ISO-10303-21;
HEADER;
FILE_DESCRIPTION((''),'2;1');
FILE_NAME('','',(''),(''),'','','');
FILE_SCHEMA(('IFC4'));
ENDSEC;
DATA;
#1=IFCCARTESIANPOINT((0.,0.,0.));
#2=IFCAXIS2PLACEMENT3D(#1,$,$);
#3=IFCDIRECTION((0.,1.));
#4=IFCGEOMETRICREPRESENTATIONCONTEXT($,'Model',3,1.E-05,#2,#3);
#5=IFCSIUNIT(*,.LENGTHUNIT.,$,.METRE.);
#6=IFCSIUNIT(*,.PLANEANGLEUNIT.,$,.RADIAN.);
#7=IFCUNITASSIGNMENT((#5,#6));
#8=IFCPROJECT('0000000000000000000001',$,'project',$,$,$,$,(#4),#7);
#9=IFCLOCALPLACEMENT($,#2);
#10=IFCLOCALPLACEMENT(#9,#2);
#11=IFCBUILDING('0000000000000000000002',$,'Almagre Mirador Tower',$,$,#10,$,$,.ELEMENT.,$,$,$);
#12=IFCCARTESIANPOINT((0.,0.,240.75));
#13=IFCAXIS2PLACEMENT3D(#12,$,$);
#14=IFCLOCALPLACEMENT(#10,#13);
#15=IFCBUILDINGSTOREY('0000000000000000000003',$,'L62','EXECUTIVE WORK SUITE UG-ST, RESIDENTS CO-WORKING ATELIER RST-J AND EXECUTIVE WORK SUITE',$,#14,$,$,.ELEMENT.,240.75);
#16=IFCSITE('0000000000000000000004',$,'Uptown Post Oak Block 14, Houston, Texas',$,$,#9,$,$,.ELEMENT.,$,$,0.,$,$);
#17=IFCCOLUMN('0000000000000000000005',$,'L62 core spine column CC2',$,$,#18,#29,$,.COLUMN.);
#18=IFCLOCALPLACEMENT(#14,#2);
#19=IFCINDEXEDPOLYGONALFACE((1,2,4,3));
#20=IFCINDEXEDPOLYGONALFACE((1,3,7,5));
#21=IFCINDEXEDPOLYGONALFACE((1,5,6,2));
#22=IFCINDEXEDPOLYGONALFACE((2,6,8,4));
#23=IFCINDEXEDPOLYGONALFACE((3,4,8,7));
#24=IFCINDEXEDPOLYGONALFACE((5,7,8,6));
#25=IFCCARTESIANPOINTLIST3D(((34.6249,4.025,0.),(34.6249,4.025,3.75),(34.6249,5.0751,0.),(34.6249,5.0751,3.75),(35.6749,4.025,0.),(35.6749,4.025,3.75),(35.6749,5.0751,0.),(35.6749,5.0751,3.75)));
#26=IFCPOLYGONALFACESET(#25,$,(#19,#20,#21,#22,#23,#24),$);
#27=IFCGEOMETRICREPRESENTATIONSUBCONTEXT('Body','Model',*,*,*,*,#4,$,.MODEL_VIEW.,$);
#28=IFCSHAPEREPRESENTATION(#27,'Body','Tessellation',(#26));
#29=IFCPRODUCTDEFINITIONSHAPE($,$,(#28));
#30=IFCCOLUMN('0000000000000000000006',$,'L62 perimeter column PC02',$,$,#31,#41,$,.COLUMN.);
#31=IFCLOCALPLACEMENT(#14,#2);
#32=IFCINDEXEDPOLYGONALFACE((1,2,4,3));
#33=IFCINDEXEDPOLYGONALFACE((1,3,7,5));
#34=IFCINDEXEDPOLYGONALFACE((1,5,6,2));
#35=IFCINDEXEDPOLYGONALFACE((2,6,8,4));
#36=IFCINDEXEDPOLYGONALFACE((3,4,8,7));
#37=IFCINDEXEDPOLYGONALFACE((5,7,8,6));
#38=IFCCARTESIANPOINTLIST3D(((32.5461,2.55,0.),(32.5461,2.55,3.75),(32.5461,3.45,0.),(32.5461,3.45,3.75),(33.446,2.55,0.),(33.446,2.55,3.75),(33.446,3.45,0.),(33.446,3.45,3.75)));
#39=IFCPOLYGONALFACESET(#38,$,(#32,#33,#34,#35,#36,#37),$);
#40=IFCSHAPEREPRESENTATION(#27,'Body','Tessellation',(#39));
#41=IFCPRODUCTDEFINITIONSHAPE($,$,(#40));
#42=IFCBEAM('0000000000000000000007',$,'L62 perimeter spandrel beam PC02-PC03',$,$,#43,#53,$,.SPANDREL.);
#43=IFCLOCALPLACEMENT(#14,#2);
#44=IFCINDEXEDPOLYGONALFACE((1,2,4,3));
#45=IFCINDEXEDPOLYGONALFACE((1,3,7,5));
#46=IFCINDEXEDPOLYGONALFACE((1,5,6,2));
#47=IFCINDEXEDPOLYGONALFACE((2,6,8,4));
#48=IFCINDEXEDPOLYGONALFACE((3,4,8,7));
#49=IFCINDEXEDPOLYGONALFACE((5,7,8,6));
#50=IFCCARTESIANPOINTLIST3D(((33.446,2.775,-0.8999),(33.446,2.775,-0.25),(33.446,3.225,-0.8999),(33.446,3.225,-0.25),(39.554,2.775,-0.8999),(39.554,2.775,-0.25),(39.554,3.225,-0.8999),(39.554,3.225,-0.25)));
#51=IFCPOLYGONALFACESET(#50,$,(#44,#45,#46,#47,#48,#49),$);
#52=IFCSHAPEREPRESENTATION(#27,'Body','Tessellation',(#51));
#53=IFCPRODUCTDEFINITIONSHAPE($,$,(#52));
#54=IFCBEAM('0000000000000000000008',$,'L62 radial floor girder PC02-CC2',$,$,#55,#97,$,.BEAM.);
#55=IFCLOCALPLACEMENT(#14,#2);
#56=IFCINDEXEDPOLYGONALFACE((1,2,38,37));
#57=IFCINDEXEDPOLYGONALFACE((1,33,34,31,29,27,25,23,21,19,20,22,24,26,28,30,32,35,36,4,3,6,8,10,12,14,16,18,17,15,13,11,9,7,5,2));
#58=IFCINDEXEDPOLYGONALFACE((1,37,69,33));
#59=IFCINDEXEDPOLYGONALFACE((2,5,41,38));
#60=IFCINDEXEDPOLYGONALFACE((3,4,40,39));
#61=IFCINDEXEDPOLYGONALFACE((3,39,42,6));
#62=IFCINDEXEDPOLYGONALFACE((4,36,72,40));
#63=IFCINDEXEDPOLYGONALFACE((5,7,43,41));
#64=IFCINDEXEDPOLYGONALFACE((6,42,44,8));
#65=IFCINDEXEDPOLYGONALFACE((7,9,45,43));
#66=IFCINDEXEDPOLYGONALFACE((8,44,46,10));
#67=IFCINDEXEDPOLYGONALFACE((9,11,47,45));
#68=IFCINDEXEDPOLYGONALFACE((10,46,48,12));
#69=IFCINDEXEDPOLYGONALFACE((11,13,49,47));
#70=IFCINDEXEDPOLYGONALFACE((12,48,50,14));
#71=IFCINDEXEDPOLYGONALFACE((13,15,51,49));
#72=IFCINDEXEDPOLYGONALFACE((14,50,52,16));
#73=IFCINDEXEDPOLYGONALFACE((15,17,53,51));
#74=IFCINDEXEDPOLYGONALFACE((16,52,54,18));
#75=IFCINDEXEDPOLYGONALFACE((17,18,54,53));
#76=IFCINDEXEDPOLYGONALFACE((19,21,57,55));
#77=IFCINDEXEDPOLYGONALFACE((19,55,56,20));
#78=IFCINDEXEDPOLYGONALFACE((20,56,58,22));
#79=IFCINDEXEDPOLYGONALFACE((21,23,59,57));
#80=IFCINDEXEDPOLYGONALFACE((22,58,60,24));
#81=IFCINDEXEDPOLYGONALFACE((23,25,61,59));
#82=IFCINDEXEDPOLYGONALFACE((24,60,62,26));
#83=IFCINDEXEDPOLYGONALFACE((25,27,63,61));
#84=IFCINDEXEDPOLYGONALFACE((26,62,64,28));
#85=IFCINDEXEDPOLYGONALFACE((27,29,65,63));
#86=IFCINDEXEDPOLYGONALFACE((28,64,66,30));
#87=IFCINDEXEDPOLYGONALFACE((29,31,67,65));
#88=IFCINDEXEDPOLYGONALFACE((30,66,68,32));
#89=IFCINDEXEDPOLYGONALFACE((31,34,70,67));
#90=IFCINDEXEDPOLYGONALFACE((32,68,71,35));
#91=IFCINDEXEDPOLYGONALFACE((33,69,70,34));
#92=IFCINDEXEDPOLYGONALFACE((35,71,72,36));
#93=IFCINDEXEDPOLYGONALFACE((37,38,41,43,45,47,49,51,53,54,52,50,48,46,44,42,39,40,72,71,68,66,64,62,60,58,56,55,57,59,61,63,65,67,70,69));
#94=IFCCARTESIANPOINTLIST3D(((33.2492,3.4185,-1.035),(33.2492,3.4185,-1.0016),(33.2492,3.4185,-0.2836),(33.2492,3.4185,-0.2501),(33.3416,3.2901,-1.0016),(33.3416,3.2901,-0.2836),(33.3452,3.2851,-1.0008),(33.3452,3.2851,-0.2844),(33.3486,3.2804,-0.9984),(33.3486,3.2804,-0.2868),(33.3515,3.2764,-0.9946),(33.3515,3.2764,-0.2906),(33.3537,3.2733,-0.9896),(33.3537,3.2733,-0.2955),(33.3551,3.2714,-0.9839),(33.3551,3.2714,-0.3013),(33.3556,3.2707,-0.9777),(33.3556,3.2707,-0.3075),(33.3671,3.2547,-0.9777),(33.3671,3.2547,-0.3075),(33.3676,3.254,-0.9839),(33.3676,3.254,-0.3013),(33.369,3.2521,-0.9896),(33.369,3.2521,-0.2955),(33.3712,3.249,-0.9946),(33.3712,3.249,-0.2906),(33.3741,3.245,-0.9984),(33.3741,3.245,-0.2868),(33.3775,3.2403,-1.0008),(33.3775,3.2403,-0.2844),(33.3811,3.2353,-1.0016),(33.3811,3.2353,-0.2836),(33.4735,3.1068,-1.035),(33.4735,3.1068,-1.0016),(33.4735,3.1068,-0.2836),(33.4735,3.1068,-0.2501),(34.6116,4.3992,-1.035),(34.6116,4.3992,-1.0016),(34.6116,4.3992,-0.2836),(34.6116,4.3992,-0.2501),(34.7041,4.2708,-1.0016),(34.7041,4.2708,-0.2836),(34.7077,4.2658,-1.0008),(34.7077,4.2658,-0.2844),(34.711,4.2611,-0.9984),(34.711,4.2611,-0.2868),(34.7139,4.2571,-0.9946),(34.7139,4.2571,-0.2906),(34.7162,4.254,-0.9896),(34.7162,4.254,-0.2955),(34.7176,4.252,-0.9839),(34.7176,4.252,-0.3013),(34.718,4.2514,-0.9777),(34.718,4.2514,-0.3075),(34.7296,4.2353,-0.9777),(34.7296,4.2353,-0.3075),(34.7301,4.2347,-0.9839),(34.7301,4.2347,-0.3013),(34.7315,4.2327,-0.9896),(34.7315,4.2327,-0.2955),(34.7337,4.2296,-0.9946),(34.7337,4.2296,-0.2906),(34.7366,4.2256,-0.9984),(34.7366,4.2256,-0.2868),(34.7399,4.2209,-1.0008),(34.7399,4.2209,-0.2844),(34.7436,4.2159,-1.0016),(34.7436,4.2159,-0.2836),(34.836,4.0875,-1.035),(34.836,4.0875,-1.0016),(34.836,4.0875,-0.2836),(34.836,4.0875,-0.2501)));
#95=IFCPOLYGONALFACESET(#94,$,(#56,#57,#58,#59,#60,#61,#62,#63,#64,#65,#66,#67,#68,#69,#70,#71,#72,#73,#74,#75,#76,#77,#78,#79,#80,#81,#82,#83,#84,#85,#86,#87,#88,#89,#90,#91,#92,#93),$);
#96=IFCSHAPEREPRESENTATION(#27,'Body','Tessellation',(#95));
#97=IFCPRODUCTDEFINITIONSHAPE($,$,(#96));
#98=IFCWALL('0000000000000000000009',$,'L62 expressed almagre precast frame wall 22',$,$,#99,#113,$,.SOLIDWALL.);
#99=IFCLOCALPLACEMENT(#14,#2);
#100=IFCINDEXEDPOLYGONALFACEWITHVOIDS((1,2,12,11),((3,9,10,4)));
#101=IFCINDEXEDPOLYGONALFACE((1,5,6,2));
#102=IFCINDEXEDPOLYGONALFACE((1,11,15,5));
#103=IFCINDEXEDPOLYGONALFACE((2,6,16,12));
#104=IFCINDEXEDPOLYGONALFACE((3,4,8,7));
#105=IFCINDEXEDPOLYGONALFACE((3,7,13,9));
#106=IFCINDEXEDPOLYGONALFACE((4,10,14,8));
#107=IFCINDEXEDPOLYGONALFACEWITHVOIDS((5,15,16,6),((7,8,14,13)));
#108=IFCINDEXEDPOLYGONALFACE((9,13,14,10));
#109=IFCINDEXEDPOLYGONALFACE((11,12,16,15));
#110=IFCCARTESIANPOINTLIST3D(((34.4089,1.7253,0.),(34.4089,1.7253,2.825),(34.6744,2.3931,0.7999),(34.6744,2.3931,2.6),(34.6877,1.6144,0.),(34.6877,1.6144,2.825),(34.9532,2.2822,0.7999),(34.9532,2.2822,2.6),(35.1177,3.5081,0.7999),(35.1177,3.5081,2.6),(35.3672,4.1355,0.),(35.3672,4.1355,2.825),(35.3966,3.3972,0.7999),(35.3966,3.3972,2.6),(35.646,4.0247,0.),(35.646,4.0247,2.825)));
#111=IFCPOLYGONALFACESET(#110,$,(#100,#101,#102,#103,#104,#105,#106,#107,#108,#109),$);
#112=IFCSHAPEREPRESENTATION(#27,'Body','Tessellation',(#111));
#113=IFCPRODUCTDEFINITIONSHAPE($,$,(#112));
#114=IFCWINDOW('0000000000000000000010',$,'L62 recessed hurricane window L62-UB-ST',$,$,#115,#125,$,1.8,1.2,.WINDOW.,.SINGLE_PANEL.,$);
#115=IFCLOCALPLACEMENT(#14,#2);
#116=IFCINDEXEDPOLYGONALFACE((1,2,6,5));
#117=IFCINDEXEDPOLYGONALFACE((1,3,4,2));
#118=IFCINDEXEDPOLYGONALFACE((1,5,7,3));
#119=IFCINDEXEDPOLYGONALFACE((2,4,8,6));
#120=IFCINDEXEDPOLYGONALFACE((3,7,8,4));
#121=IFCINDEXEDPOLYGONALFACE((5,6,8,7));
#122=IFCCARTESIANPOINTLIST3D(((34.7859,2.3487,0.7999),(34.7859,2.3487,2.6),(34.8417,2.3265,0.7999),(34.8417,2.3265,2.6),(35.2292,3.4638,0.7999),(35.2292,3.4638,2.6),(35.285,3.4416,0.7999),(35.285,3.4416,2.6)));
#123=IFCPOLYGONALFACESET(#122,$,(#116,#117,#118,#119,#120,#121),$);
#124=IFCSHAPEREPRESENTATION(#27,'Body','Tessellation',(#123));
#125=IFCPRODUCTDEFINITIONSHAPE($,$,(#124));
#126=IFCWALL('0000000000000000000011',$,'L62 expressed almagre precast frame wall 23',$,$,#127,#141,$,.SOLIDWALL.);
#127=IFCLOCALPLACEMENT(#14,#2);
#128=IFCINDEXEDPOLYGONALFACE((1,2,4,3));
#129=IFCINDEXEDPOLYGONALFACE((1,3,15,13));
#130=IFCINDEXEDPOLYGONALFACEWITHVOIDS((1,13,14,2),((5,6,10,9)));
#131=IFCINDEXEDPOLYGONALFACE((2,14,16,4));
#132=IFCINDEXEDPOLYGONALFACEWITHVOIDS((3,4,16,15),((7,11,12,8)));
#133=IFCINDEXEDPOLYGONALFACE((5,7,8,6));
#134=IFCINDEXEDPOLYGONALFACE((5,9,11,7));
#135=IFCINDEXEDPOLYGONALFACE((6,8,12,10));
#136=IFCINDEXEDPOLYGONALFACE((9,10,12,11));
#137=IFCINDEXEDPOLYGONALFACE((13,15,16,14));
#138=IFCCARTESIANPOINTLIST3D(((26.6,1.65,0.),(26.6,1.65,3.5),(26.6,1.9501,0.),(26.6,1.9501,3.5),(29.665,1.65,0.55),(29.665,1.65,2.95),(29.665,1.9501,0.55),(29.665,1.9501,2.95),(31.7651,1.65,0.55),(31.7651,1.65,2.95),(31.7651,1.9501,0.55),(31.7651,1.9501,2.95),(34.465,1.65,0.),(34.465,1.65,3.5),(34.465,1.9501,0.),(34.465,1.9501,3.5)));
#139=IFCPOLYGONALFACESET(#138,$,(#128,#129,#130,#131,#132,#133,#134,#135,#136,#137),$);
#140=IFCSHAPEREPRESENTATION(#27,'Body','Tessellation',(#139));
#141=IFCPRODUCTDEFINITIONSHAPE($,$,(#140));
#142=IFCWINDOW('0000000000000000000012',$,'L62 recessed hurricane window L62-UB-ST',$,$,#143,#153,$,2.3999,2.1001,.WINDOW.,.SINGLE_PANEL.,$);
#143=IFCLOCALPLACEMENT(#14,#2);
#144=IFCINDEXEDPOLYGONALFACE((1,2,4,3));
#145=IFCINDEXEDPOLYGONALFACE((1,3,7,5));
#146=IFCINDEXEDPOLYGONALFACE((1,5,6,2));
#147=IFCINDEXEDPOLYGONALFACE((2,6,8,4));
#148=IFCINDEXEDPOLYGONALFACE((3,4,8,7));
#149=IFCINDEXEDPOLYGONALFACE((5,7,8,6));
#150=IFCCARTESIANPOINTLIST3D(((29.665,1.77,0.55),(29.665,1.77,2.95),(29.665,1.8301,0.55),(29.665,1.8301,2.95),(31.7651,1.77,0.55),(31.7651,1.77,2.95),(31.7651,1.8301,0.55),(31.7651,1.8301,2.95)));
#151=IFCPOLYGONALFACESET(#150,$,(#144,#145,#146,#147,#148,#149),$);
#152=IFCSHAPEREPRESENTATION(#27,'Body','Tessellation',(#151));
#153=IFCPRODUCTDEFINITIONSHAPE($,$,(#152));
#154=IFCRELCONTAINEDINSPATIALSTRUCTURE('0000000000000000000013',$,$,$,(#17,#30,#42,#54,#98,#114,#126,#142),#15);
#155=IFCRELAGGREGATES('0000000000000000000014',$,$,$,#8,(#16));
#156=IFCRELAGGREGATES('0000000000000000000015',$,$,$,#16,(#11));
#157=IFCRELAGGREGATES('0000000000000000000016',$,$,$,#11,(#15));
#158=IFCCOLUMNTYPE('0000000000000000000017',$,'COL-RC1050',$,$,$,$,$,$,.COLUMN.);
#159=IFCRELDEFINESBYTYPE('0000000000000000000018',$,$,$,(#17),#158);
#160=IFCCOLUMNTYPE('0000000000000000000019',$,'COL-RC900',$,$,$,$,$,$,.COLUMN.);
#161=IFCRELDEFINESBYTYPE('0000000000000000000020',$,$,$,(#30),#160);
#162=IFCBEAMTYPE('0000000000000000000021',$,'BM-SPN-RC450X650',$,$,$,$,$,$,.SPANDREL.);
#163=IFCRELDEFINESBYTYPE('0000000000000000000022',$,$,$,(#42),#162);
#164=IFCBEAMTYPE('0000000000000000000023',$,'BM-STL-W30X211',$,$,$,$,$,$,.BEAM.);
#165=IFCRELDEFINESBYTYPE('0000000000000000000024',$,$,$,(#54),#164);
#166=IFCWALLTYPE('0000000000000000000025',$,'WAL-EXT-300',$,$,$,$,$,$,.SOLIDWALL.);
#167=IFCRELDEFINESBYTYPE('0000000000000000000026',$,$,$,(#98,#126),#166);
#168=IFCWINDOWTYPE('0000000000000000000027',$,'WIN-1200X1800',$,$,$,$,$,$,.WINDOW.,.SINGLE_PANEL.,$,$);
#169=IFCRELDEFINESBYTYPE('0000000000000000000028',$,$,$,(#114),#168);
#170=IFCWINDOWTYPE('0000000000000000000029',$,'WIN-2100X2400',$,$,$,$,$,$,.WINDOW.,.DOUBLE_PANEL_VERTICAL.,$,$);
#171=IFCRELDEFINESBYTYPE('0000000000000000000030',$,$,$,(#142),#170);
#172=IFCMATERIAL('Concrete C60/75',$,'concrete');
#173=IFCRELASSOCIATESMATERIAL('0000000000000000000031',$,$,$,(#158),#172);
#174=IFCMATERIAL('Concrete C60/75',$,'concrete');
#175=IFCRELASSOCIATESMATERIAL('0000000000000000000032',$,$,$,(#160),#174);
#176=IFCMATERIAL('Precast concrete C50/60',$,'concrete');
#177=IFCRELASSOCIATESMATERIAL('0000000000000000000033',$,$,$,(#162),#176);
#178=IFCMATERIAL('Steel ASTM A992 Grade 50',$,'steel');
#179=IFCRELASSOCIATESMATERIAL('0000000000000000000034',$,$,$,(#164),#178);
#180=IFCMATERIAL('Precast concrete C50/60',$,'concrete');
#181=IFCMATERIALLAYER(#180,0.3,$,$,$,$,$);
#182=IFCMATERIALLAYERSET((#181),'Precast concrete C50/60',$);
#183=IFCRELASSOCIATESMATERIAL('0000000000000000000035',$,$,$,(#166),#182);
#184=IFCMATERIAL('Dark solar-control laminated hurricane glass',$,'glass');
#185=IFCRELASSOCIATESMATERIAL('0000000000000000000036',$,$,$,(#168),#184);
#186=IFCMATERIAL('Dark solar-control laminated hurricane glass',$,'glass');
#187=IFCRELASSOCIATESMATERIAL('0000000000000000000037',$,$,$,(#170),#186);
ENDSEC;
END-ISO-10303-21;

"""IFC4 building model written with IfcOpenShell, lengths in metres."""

from ifc_helpers import new_model, si_unit, direction, frame, frame_2d, origin, origin_2d, place, context, subcontext, project, spatial, rectangle, i_section, extrude, material, layer, layer_set, material_profile, profile_set, type_object, element, fill, save


model = new_model("IFC4")

# Units and contexts
model_context = context("Model", 3, precision=1e-05, world=origin(), true_north=direction((0.0, 1.0)))
body_context = subcontext(model_context, "Body", "Model", "MODEL_VIEW")
ifc_project = project(units=[si_unit("LENGTHUNIT", "METRE"), si_unit("PLANEANGLEUNIT", "RADIAN")], contexts=[model_context])

# Site, building, storey
site_placement = place(None, origin())
site = spatial("IfcSite", under=ifc_project, at=site_placement, Name="Uptown Post Oak Block 14, Houston, Texas", CompositionType="ELEMENT", RefElevation=0.0)
building_placement = place(site_placement, origin())
building = spatial("IfcBuilding", under=site, at=building_placement, Name="Almagre Mirador Tower", CompositionType="ELEMENT")
storey_placement = place(building_placement, frame((0.0, 0.0, 240.75)))
storey = spatial("IfcBuildingStorey", under=building, at=storey_placement, Name="L62", Description="EXECUTIVE WORK SUITE UG-ST, RESIDENTS CO-WORKING ATELIER RST-J AND EXECUTIVE WORK SUITE", CompositionType="ELEMENT", Elevation=240.75)

# Columns
ifc_material_1 = material(Name="Concrete C60/75", Category="concrete")
ifc_material_profile_1 = material_profile(ifc_material_1, rectangle(XDim=1.05, YDim=1.05, at=origin_2d()), Name="RC1050X1050")
ifc_profile_set_1 = profile_set([ifc_material_profile_1], Name="Concrete C60/75")
column_type_1 = type_object("IfcColumnType", Name="COL-RC1050", PredefinedType="COLUMN", material=ifc_profile_set_1)
column_1_placement = place(storey_placement, frame((35.1499, 4.55, 0.0), z_axis=(0.0, 0.0, 1.0), x_axis=(1.0, 0.0, 0.0)))
element("IfcColumn", 1, at=column_1_placement, inside=storey, type_object=column_type_1, Name="L62 core spine column CC2", PredefinedType="COLUMN", context=body_context, shape_type="SweptSolid", body=[
    extrude(rectangle(XDim=1.05, YDim=1.05, at=origin_2d()), origin(), (0.0, 0.0, 1.0), 3.75),
])
ifc_material_2 = material(Name="Concrete C60/75", Category="concrete")
ifc_material_profile_2 = material_profile(ifc_material_2, rectangle(XDim=0.8999, YDim=0.8999, at=origin_2d()), Name="RC900X900")
ifc_profile_set_2 = profile_set([ifc_material_profile_2], Name="Concrete C60/75")
column_type_2 = type_object("IfcColumnType", Name="COL-RC900", PredefinedType="COLUMN", material=ifc_profile_set_2)
column_2_placement = place(storey_placement, frame((32.9961, 3.0, 0.0), z_axis=(0.0, 0.0, 1.0), x_axis=(1.0, 0.0, 0.0)))
element("IfcColumn", 2, at=column_2_placement, inside=storey, type_object=column_type_2, Name="L62 perimeter column PC02", PredefinedType="COLUMN", context=body_context, shape_type="SweptSolid", body=[
    extrude(rectangle(XDim=0.8999, YDim=0.8999, at=origin_2d()), origin(), (0.0, 0.0, 1.0), 3.75),
])

# Beams
ifc_material_3 = material(Name="Precast concrete C50/60", Category="concrete")
ifc_material_profile_3 = material_profile(ifc_material_3, rectangle(XDim=0.45, YDim=0.6499, at=origin_2d()), Name="RC450X650")
ifc_profile_set_3 = profile_set([ifc_material_profile_3], Name="Precast concrete C50/60")
beam_type_1 = type_object("IfcBeamType", Name="BM-SPN-RC450X650", PredefinedType="SPANDREL", material=ifc_profile_set_3)
beam_1_placement = place(storey_placement, frame((33.446, 3.0, -0.575), z_axis=(1.0, 0.0, 0.0), x_axis=(0.0, 1.0, 0.0)))
element("IfcBeam", 3, at=beam_1_placement, inside=storey, type_object=beam_type_1, Name="L62 perimeter spandrel beam PC02-PC03", PredefinedType="SPANDREL", context=body_context, shape_type="SweptSolid", body=[
    extrude(rectangle(XDim=0.45, YDim=0.6499, at=origin_2d()), origin(), (0.0, 0.0, 1.0), 6.1079),
])
ifc_material_4 = material(Name="Steel ASTM A992 Grade 50", Category="steel")
ifc_material_profile_4 = material_profile(ifc_material_4, i_section(OverallWidth=0.384, OverallDepth=0.7849, WebThickness=0.0198, FlangeThickness=0.0334, FilletRadius=0.0239, at=origin_2d()), Name="W30X211")
ifc_profile_set_4 = profile_set([ifc_material_profile_4], Name="Steel ASTM A992 Grade 50")
beam_type_2 = type_object("IfcBeamType", Name="BM-STL-W30X211", PredefinedType="BEAM", material=ifc_profile_set_4)
beam_2_placement = place(storey_placement, frame((33.3613, 3.2627, -0.6426), z_axis=(0.811625, 0.584178, 0.0), x_axis=(-0.584178, 0.811625, 0.0)))
element("IfcBeam", 4, at=beam_2_placement, inside=storey, type_object=beam_type_2, Name="L62 radial floor girder PC02-CC2", PredefinedType="BEAM", context=body_context, shape_type="SweptSolid", body=[
    extrude(i_section(OverallWidth=0.384, OverallDepth=0.7849, WebThickness=0.0198, FlangeThickness=0.0334, FilletRadius=0.0239, at=origin_2d()), origin(), (0.0, 0.0, 1.0), 1.6787),
])

# Walls, openings, windows
ifc_material_5 = material(Name="Precast concrete C50/60", Category="concrete")
ifc_layer_1 = layer(ifc_material_5, 0.3)
ifc_layer_set_1 = layer_set([ifc_layer_1], Name="Precast concrete C50/60")
wall_type_1 = type_object("IfcWallType", Name="WAL-EXT-300", PredefinedType="SOLIDWALL", material=ifc_layer_set_1)
wall_1_placement = place(storey_placement, frame((35.5066, 4.0801, 0.0), z_axis=(0.0, 0.0, 1.0), x_axis=(-0.369459, -0.929247, 0.0)))
wall_1 = element("IfcWall", 5, at=wall_1_placement, inside=storey, type_object=wall_type_1, Name="L62 expressed almagre precast frame wall 22", PredefinedType="SOLIDWALL", context=body_context, shape_type="SweptSolid", body=[
    extrude(rectangle(XDim=2.5938, YDim=0.3, at=frame_2d((1.2969, 0.0))), origin(), (0.0, 0.0, 1.0), 2.825),
])
opening_1_placement = place(wall_1_placement, frame((0.675, 0.0, 0.8)))
opening_1 = element("IfcOpeningElement", 6, at=opening_1_placement, cuts=wall_1, PredefinedType="OPENING", context=body_context, shape_type="SweptSolid", body=[
    extrude(rectangle(XDim=1.2, YDim=1.8, at=frame_2d((0.6001, 0.8999))), frame((0.0, 0.1599, 0.0), z_axis=(0.0, -1.0, 0.0), x_axis=(1.0, 0.0, 0.0)), (0.0, 0.0, 1.0), 0.32),
])
ifc_material_6 = material(Name="Dark solar-control laminated hurricane glass", Category="glass")
window_type_1 = type_object("IfcWindowType", Name="WIN-1200X1800", PartitioningType="SINGLE_PANEL", PredefinedType="WINDOW", material=ifc_material_6)
window_1_placement = place(opening_1_placement, origin())
window_1 = element("IfcWindow", 7, at=window_1_placement, inside=storey, type_object=window_type_1, Name="L62 recessed hurricane window L62-UB-ST", OverallHeight=1.8, OverallWidth=1.2, PartitioningType="SINGLE_PANEL", PredefinedType="WINDOW", context=body_context, shape_type="SweptSolid", body=[
    extrude(rectangle(XDim=1.2, YDim=1.8, at=frame_2d((0.6001, 0.8999))), frame((0.0, 0.03, 0.0), z_axis=(0.0, -1.0, 0.0), x_axis=(1.0, 0.0, 0.0)), (0.0, 0.0, 1.0), 0.0601),
])
fill(opening_1, window_1)
wall_2_placement = place(storey_placement, frame((34.4651, 1.8, 0.0), z_axis=(0.0, 0.0, 1.0), x_axis=(-1.0, 0.0, 0.0)))
wall_2 = element("IfcWall", 8, at=wall_2_placement, inside=storey, type_object=wall_type_1, Name="L62 expressed almagre precast frame wall 23", PredefinedType="SOLIDWALL", context=body_context, shape_type="SweptSolid", body=[
    extrude(rectangle(XDim=7.865, YDim=0.3, at=frame_2d((3.9326, 0.0))), origin(), (0.0, 0.0, 1.0), 3.5),
])
opening_2_placement = place(wall_2_placement, frame((2.7, 0.0, 0.55)))
opening_2 = element("IfcOpeningElement", 9, at=opening_2_placement, cuts=wall_2, PredefinedType="OPENING", context=body_context, shape_type="SweptSolid", body=[
    extrude(rectangle(XDim=2.1001, YDim=2.3999, at=frame_2d((1.05, 1.2))), frame((0.0, 0.1599, 0.0), z_axis=(0.0, -1.0, 0.0), x_axis=(1.0, 0.0, 0.0)), (0.0, 0.0, 1.0), 0.32),
])
ifc_material_7 = material(Name="Dark solar-control laminated hurricane glass", Category="glass")
window_type_2 = type_object("IfcWindowType", Name="WIN-2100X2400", PartitioningType="DOUBLE_PANEL_VERTICAL", PredefinedType="WINDOW", material=ifc_material_7)
window_2_placement = place(opening_2_placement, origin())
window_2 = element("IfcWindow", 10, at=window_2_placement, inside=storey, type_object=window_type_2, Name="L62 recessed hurricane window L62-UB-ST", OverallHeight=2.3999, OverallWidth=2.1001, PartitioningType="SINGLE_PANEL", PredefinedType="WINDOW", context=body_context, shape_type="SweptSolid", body=[
    extrude(rectangle(XDim=2.1001, YDim=2.3999, at=frame_2d((1.05, 1.2))), frame((0.0, 0.03, 0.0), z_axis=(0.0, -1.0, 0.0), x_axis=(1.0, 0.0, 0.0)), (0.0, 0.0, 1.0), 0.0601),
])
fill(opening_2, window_2)

save(model, "model.ifc")
